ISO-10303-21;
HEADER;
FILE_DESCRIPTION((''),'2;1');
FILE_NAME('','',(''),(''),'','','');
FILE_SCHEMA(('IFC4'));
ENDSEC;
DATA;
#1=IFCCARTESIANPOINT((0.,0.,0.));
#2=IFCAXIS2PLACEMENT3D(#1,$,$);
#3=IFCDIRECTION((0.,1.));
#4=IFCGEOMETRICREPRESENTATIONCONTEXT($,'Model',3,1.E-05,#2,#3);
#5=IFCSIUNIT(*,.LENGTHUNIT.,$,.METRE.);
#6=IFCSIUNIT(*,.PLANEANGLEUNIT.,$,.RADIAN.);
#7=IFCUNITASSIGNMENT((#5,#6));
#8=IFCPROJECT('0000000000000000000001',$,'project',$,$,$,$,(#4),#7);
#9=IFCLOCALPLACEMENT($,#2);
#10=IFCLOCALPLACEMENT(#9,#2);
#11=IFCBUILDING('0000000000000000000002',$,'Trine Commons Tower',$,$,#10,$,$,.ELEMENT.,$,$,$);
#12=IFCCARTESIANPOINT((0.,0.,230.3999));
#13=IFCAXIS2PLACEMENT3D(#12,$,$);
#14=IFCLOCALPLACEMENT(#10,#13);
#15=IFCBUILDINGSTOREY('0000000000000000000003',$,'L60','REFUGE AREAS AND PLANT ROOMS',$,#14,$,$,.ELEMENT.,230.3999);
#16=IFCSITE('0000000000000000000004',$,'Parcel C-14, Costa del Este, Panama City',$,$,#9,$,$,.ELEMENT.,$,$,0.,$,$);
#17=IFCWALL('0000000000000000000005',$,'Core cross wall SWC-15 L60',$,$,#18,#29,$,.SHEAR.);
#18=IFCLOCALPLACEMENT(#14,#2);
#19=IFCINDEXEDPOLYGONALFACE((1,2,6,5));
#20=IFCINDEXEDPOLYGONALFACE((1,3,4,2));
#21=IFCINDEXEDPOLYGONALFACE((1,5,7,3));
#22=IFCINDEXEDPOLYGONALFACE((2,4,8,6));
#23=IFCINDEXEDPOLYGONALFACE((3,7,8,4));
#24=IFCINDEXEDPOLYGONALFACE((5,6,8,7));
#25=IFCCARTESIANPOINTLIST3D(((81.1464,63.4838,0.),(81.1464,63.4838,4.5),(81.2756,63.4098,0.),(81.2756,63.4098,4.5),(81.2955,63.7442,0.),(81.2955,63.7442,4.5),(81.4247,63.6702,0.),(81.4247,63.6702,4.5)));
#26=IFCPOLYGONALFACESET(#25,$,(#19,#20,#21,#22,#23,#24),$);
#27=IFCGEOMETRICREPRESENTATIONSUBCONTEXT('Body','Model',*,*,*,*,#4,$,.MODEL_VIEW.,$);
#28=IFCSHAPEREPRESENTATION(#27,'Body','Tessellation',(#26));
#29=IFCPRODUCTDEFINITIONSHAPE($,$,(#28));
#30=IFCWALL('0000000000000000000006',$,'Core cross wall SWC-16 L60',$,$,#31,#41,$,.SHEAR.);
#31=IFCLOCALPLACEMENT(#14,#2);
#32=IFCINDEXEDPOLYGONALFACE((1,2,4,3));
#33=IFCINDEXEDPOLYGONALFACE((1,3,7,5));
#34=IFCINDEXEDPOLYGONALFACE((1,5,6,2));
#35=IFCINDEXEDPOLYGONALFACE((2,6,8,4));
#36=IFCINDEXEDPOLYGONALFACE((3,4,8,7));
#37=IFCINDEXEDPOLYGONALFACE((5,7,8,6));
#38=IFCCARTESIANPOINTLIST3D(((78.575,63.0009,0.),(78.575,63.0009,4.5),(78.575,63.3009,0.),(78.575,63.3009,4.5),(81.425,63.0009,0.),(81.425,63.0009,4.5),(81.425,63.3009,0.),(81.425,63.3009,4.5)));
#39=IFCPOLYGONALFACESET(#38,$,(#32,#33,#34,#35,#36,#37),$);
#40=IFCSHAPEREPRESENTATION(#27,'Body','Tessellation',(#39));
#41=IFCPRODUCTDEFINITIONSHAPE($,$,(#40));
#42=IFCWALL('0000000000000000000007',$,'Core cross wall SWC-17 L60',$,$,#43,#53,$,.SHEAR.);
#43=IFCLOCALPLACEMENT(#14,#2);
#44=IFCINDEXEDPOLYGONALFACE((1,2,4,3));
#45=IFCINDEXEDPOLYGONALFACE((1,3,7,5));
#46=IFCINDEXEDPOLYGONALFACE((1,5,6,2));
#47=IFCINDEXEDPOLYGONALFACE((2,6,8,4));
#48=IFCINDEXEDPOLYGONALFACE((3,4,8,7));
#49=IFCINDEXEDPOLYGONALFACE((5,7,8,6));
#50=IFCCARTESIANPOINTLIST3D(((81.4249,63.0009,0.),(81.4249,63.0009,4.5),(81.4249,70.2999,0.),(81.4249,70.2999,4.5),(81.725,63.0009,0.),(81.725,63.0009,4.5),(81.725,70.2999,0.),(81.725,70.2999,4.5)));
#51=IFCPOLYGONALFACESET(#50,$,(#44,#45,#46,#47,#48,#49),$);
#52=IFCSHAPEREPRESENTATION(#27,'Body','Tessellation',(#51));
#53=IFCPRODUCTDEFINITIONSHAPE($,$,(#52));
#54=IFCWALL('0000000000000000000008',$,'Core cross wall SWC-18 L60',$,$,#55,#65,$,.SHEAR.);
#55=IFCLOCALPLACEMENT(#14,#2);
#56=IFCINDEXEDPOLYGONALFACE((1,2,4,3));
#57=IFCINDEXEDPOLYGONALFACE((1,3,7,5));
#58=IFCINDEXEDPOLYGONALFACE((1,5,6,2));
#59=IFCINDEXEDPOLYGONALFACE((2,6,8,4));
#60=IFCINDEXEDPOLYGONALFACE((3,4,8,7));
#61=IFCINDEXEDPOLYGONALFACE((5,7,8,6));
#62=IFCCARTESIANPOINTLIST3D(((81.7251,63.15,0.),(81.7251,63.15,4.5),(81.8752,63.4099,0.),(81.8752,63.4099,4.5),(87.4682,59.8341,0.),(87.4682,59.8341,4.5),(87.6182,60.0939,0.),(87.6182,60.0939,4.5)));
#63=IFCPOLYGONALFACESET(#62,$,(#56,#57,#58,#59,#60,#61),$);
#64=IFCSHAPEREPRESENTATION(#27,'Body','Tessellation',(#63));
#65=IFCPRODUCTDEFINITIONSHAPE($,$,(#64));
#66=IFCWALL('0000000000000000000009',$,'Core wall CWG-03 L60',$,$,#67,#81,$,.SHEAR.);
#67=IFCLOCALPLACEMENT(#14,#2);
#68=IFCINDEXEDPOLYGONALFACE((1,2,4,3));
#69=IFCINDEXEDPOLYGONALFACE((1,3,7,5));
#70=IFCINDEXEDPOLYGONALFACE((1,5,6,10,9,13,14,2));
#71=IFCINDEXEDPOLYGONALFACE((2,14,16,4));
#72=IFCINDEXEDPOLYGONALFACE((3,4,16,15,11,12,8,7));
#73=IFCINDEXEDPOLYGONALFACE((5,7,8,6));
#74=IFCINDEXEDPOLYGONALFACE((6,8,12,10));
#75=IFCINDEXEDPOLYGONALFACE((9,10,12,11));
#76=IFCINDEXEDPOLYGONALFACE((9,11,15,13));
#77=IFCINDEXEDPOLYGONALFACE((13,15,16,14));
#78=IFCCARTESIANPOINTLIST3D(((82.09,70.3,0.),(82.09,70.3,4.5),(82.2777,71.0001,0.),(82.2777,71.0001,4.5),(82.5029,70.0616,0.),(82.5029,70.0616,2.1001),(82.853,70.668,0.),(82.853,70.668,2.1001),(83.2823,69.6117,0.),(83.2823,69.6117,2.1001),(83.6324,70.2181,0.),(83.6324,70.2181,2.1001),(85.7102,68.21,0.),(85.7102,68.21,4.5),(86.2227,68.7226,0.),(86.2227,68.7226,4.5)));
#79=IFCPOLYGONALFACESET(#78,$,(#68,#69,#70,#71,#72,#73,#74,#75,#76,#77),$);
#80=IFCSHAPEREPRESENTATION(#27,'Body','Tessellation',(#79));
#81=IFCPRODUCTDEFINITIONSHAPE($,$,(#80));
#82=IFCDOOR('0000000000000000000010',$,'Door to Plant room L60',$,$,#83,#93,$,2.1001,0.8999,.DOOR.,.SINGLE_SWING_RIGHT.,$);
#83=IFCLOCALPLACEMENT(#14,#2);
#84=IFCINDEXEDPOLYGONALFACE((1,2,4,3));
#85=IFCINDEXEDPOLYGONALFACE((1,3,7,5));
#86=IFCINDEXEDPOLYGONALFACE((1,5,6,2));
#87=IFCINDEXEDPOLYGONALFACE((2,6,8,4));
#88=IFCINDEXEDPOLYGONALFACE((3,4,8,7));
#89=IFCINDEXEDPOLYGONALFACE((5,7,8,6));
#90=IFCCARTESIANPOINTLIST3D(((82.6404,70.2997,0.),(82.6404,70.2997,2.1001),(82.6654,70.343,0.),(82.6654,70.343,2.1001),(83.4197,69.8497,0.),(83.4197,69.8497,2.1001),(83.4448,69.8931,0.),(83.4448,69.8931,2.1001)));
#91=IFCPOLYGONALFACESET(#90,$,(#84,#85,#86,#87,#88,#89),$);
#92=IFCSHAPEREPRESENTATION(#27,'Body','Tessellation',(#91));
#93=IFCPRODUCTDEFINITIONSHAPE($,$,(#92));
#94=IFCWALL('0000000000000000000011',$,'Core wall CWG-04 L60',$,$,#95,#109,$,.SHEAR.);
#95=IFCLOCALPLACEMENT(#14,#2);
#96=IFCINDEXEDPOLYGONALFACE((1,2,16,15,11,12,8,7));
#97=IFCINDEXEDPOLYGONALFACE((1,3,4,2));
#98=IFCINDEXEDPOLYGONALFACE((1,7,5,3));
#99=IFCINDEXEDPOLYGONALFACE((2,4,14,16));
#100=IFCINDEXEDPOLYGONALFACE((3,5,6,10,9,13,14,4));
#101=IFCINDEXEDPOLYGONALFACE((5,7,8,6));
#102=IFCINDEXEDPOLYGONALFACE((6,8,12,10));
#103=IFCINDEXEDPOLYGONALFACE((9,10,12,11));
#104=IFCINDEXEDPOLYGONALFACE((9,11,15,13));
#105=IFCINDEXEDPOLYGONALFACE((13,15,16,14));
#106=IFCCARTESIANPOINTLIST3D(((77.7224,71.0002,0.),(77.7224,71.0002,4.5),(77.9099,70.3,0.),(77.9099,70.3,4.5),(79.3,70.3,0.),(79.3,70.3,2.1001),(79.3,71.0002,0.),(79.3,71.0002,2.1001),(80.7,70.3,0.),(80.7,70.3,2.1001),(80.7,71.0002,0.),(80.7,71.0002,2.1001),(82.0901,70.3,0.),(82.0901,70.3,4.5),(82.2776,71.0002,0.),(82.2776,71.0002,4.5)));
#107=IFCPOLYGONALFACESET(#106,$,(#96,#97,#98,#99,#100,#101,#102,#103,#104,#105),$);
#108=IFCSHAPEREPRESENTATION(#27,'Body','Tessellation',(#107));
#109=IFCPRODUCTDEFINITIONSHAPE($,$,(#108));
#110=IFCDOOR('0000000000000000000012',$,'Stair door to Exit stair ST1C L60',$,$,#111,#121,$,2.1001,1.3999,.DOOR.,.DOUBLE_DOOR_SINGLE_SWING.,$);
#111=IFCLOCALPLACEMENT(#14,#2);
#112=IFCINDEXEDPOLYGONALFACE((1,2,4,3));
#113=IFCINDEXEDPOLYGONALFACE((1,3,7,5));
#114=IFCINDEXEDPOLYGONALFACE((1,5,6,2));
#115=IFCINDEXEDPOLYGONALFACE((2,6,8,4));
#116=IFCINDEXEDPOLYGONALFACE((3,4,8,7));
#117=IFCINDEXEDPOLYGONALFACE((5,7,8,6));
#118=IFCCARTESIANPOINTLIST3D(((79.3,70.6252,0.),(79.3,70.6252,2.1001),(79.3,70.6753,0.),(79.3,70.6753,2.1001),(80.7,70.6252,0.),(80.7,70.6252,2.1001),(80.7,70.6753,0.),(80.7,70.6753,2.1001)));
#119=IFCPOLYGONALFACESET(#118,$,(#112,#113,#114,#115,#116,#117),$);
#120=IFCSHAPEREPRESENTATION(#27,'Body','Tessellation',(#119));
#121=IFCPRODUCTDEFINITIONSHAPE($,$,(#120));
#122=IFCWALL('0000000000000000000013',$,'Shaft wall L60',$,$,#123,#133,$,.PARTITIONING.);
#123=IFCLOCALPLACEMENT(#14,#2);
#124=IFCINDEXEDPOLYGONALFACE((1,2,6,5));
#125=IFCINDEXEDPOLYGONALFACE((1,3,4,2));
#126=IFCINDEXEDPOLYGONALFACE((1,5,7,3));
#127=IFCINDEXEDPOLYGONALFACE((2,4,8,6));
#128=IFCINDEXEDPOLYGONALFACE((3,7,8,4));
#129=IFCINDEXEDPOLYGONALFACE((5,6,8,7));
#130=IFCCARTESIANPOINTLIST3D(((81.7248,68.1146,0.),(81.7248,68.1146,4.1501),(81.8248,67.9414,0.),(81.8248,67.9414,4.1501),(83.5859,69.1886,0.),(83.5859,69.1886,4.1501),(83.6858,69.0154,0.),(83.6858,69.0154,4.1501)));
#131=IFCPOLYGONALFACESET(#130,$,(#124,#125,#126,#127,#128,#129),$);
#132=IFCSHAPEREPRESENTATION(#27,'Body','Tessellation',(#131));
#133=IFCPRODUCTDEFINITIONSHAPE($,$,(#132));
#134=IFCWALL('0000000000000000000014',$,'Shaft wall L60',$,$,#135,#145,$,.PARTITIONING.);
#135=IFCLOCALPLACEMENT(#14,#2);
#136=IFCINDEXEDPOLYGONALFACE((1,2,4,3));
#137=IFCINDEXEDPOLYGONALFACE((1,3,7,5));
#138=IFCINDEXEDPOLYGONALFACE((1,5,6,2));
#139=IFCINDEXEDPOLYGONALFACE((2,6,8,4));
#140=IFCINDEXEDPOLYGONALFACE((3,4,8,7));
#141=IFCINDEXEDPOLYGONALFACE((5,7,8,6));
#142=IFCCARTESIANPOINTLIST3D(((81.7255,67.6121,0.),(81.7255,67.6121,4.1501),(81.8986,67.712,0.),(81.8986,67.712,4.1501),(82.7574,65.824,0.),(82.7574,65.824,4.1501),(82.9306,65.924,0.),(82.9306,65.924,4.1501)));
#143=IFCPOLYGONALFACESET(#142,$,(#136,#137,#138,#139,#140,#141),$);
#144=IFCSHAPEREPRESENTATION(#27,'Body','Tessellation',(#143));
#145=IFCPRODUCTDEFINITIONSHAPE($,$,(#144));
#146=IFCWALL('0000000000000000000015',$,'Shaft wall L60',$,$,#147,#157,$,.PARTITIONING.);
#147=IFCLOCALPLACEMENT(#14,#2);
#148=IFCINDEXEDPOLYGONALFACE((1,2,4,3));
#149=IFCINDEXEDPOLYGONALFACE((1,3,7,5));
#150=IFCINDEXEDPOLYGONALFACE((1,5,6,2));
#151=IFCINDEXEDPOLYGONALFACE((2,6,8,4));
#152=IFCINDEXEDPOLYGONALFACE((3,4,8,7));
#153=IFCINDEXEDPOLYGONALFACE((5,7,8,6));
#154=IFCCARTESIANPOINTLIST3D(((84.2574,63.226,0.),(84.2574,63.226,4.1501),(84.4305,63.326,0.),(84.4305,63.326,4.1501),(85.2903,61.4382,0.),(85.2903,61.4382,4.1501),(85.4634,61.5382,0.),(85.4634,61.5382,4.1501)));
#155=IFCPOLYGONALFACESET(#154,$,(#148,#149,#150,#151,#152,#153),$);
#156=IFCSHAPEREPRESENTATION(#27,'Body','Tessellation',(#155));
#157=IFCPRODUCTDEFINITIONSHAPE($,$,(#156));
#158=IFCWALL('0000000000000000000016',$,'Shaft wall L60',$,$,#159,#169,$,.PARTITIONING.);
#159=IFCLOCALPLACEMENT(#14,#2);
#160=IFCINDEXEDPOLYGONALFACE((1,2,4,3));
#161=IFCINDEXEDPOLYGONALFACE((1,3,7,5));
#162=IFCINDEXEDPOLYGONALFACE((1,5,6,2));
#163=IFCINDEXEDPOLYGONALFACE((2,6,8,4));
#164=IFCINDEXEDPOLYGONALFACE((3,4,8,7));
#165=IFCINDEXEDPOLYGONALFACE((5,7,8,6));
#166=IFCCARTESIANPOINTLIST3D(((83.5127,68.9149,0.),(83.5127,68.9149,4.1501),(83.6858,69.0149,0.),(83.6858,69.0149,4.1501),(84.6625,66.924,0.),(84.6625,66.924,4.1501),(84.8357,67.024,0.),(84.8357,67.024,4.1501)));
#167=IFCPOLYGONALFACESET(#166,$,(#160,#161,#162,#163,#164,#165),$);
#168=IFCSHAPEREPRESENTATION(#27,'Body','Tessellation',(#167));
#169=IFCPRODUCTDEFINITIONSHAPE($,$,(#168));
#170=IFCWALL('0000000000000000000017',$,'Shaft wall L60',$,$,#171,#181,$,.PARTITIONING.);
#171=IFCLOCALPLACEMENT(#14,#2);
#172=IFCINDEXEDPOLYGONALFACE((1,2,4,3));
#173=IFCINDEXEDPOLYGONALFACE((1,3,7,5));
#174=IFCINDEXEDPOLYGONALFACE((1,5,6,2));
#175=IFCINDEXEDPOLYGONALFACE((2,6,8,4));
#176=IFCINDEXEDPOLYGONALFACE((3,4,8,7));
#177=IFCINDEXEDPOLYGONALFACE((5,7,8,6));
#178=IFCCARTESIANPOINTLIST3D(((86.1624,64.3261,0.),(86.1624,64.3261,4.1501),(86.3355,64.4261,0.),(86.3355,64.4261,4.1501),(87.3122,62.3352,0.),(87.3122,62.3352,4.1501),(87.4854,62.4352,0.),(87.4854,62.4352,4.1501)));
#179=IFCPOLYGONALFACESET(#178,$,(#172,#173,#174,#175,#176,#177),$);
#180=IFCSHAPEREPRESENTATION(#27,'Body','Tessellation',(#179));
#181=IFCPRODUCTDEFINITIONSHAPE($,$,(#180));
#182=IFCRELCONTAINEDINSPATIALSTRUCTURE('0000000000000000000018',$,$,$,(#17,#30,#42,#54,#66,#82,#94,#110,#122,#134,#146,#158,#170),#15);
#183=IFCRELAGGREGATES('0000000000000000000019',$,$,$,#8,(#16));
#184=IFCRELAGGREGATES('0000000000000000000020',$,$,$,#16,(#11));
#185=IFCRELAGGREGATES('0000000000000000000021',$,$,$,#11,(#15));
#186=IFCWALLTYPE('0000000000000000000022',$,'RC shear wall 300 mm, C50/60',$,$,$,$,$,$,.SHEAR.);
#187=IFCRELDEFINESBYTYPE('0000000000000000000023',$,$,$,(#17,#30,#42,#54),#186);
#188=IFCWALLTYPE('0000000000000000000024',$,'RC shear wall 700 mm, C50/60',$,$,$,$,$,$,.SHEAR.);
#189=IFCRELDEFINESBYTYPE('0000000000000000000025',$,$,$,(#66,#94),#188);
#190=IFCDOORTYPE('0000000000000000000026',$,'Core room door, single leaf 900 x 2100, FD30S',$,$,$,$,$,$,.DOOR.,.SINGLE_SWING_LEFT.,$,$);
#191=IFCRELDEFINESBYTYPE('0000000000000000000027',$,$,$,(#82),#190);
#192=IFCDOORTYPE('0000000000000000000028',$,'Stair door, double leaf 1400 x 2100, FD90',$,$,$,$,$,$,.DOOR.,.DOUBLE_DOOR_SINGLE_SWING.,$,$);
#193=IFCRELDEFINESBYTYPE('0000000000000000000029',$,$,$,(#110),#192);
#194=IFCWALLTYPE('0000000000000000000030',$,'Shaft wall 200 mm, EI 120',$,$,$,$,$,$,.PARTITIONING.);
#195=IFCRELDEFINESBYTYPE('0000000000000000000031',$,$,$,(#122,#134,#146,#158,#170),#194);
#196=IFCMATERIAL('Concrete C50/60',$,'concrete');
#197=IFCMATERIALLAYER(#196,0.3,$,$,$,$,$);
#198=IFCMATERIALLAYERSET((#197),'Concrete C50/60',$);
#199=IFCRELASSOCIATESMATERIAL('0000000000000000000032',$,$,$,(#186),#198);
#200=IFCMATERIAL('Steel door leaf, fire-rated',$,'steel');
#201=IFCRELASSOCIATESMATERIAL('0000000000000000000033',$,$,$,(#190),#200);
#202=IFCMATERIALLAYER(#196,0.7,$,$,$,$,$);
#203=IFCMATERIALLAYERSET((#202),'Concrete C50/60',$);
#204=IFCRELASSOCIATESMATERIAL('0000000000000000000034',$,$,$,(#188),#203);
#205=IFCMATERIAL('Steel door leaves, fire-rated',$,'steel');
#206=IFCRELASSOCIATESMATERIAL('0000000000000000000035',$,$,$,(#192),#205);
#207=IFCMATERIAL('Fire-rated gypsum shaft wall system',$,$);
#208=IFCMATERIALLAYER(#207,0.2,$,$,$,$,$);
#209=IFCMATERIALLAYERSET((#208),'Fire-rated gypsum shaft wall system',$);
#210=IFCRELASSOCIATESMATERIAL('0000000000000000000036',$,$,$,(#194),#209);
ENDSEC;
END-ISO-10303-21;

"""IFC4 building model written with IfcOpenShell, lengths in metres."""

from ifc_helpers import new_model, si_unit, direction, frame, frame_2d, origin, place, context, subcontext, project, spatial, polyline, rectangle, outline, extrude, material, layer, layer_set, type_object, element, fill, save


model = new_model("IFC4")

# Units and contexts
model_context = context("Model", 3, precision=1e-05, world=origin(), true_north=direction((0.0, 1.0)))
body_context = subcontext(model_context, "Body", "Model", "MODEL_VIEW")
ifc_project = project(units=[si_unit("LENGTHUNIT", "METRE"), si_unit("PLANEANGLEUNIT", "RADIAN")], contexts=[model_context])

# Site, building, storey
site_placement = place(None, origin())
site = spatial("IfcSite", under=ifc_project, at=site_placement, Name="Parcel C-14, Costa del Este, Panama City", CompositionType="ELEMENT", RefElevation=0.0)
building_placement = place(site_placement, origin())
building = spatial("IfcBuilding", under=site, at=building_placement, Name="Trine Commons Tower", CompositionType="ELEMENT")
storey_placement = place(building_placement, frame((0.0, 0.0, 230.3999)))
storey = spatial("IfcBuildingStorey", under=building, at=storey_placement, Name="L60", Description="REFUGE AREAS AND PLANT ROOMS", CompositionType="ELEMENT", Elevation=230.3999)

# Shared definitions
ifc_material_1 = material(Name="Fire-rated gypsum shaft wall system")
ifc_material_2 = material(Name="Steel door leaf, fire-rated", Category="steel")

# Shared definitions
ifc_material_3 = material(Name="Concrete C50/60", Category="concrete")
ifc_layer_1 = layer(ifc_material_3, 0.3)
ifc_layer_set_1 = layer_set([ifc_layer_1], Name="Concrete C50/60")
wall_type_1 = type_object("IfcWallType", Name="RC shear wall 300 mm, C50/60", PredefinedType="SHEAR", material=ifc_layer_set_1)
door_type_1 = type_object("IfcDoorType", Name="Core room door, single leaf 900 x 2100, FD30S", OperationType="SINGLE_SWING_LEFT", PredefinedType="DOOR", material=ifc_material_2)

# Walls
wall_1_placement = place(storey_placement, frame((81.2209, 63.614, 0.0), z_axis=(0.0, 0.0, 1.0), x_axis=(0.867738, -0.497022, 0.0)))
element("IfcWall", 1, at=wall_1_placement, inside=storey, type_object=wall_type_1, Name="Core cross wall SWC-15 L60", PredefinedType="SHEAR", context=body_context, shape_type="SweptSolid", body=[
    extrude(rectangle(XDim=0.1489, YDim=0.3, at=frame_2d((0.0745, 0.0))), origin(), (0.0, 0.0, 1.0), 4.5),
])
wall_2_placement = place(storey_placement, frame((81.425, 63.1509, 0.0), z_axis=(0.0, 0.0, 1.0), x_axis=(-1.0, 0.0, 0.0)))
element("IfcWall", 2, at=wall_2_placement, inside=storey, type_object=wall_type_1, Name="Core cross wall SWC-16 L60", PredefinedType="SHEAR", context=body_context, shape_type="SweptSolid", body=[
    extrude(rectangle(XDim=2.8501, YDim=0.3, at=frame_2d((1.425, 0.0))), origin(), (0.0, 0.0, 1.0), 4.5),
])
wall_3_placement = place(storey_placement, frame((81.575, 63.001, 0.0), z_axis=(0.0, 0.0, 1.0), x_axis=(0.0, 1.0, 0.0)))
element("IfcWall", 3, at=wall_3_placement, inside=storey, type_object=wall_type_1, Name="Core cross wall SWC-17 L60", PredefinedType="SHEAR", context=body_context, shape_type="SweptSolid", body=[
    extrude(rectangle(XDim=7.2991, YDim=0.3, at=frame_2d((3.6494, 0.0))), origin(), (0.0, 0.0, 1.0), 4.5),
])
wall_4_placement = place(storey_placement, frame((81.8, 63.28, 0.0), z_axis=(0.0, 0.0, 1.0), x_axis=(0.86601, -0.500027, 0.0)))
element("IfcWall", 4, at=wall_4_placement, inside=storey, type_object=wall_type_1, Name="Core cross wall SWC-18 L60", PredefinedType="SHEAR", context=body_context, shape_type="SweptSolid", body=[
    extrude(rectangle(XDim=6.6316, YDim=0.3, at=frame_2d((3.3159, 0.0))), origin(), (0.0, 0.0, 1.0), 4.5),
])

# Walls, openings, doors
ifc_layer_2 = layer(ifc_material_3, 0.7)
ifc_layer_set_2 = layer_set([ifc_layer_2], Name="Concrete C50/60")
wall_type_2 = type_object("IfcWallType", Name="RC shear wall 700 mm, C50/60", PredefinedType="SHEAR", material=ifc_layer_set_2)
wall_5_placement = place(storey_placement, frame((86.0476, 68.4194, 0.0), z_axis=(0.0, 0.0, 1.0), x_axis=(-0.866035, 0.499984, 0.0)))
wall_5 = element("IfcWall", 5, at=wall_5_placement, inside=storey, type_object=wall_type_2, Name="Core wall CWG-03 L60", PredefinedType="SHEAR", context=body_context, shape_type="SweptSolid", body=[
    extrude(outline(polyline([(0.0, -0.3501), (4.5552, -0.3501), (4.3677, 0.3501), (0.1875, 0.3501), (0.0, -0.3501)])), origin(), (0.0, 0.0, 1.0), 4.5),
])
opening_1_placement = place(wall_5_placement, frame((2.991, 0.0, 0.0)))
opening_1 = element("IfcOpeningElement", 6, at=opening_1_placement, cuts=wall_5, PredefinedType="OPENING", context=body_context, shape_type="SweptSolid", body=[
    extrude(rectangle(XDim=0.8999, YDim=2.1001, at=frame_2d((0.45, 1.05))), frame((0.0, 0.3599, 0.0), z_axis=(0.0, -1.0, 0.0), x_axis=(1.0, 0.0, 0.0)), (0.0, 0.0, 1.0), 0.72),
])
door_1_placement = place(opening_1_placement, origin())
door_1 = element("IfcDoor", 7, at=door_1_placement, inside=storey, type_object=door_type_1, Name="Door to Plant room L60", OperationType="SINGLE_SWING_RIGHT", OverallHeight=2.1001, OverallWidth=0.8999, PredefinedType="DOOR", context=body_context, shape_type="SweptSolid", body=[
    extrude(rectangle(XDim=0.8999, YDim=2.1001, at=frame_2d((0.45, 1.05))), frame((0.0, 0.0752, 0.0), z_axis=(0.0, -1.0, 0.0), x_axis=(1.0, 0.0, 0.0)), (0.0, 0.0, 1.0), 0.05),
])
fill(opening_1, door_1)
wall_6_placement = place(storey_placement, frame((82.2776, 70.6501, 0.0), z_axis=(0.0, 0.0, 1.0), x_axis=(-1.0, 0.0, 0.0)))
wall_6 = element("IfcWall", 8, at=wall_6_placement, inside=storey, type_object=wall_type_2, Name="Core wall CWG-04 L60", PredefinedType="SHEAR", context=body_context, shape_type="SweptSolid", body=[
    extrude(outline(polyline([(0.0, -0.3501), (4.5552, -0.3501), (4.3677, 0.3501), (0.1875, 0.3501), (0.0, -0.3501)])), origin(), (0.0, 0.0, 1.0), 4.5),
])
opening_2_placement = place(wall_6_placement, frame((1.5776, 0.0, 0.0)))
opening_2 = element("IfcOpeningElement", 9, at=opening_2_placement, cuts=wall_6, PredefinedType="OPENING", context=body_context, shape_type="SweptSolid", body=[
    extrude(rectangle(XDim=1.3999, YDim=2.1001, at=frame_2d((0.7, 1.05))), frame((0.0, 0.3599, 0.0), z_axis=(0.0, -1.0, 0.0), x_axis=(1.0, 0.0, 0.0)), (0.0, 0.0, 1.0), 0.72),
])
ifc_material_4 = material(Name="Steel door leaves, fire-rated", Category="steel")
door_type_2 = type_object("IfcDoorType", Name="Stair door, double leaf 1400 x 2100, FD90", OperationType="DOUBLE_DOOR_SINGLE_SWING", PredefinedType="DOOR", material=ifc_material_4)
door_2_placement = place(opening_2_placement, origin())
door_2 = element("IfcDoor", 10, at=door_2_placement, inside=storey, type_object=door_type_2, Name="Stair door to Exit stair ST1C L60", OperationType="DOUBLE_DOOR_SINGLE_SWING", OverallHeight=2.1001, OverallWidth=1.3999, PredefinedType="DOOR", context=body_context, shape_type="SweptSolid", body=[
    extrude(rectangle(XDim=1.3999, YDim=2.1001, at=frame_2d((0.7, 1.05))), frame((0.0, 0.0249, 0.0), z_axis=(0.0, -1.0, 0.0), x_axis=(1.0, 0.0, 0.0)), (0.0, 0.0, 1.0), 0.05),
])
fill(opening_2, door_2)

# Walls
ifc_layer_3 = layer(ifc_material_1, 0.2)
ifc_layer_set_3 = layer_set([ifc_layer_3], Name="Fire-rated gypsum shaft wall system")
wall_type_3 = type_object("IfcWallType", Name="Shaft wall 200 mm, EI 120", PredefinedType="PARTITIONING", material=ifc_layer_set_3)
wall_7_placement = place(storey_placement, frame((81.7749, 68.0281, 0.0), z_axis=(0.0, 0.0, 1.0), x_axis=(0.866131, 0.499818, 0.0)))
element("IfcWall", 11, at=wall_7_placement, inside=storey, type_object=wall_type_3, Name="Shaft wall L60", PredefinedType="PARTITIONING", context=body_context, shape_type="SweptSolid", body=[
    extrude(rectangle(XDim=2.1487, YDim=0.2, at=frame_2d((1.0742, 0.0))), origin(), (0.0, 0.0, 1.0), 4.1501),
])
wall_8_placement = place(storey_placement, frame((82.844, 65.874, 0.0), z_axis=(0.0, 0.0, 1.0), x_axis=(-0.499866, 0.866103, 0.0)))
element("IfcWall", 12, at=wall_8_placement, inside=storey, type_object=wall_type_3, Name="Shaft wall L60", PredefinedType="PARTITIONING", context=body_context, shape_type="SweptSolid", body=[
    extrude(rectangle(XDim=2.0645, YDim=0.2, at=frame_2d((1.0322, 0.0))), origin(), (0.0, 0.0, 1.0), 4.1501),
])
wall_9_placement = place(storey_placement, frame((84.344, 63.2759, 0.0), z_axis=(0.0, 0.0, 1.0), x_axis=(0.500272, -0.865868, 0.0)))
element("IfcWall", 13, at=wall_9_placement, inside=storey, type_object=wall_type_3, Name="Shaft wall L60", PredefinedType="PARTITIONING", context=body_context, shape_type="SweptSolid", body=[
    extrude(rectangle(XDim=2.0647, YDim=0.2, at=frame_2d((1.0322, 0.0))), origin(), (0.0, 0.0, 1.0), 4.1501),
])
for number, where, z_axis, x_axis, name in (
    (14, (84.749, 66.9741, 0.0), (0.0, 0.0, 1.0), (-0.500136, 0.865947, 0.0), "Shaft wall L60"),
    (15, (86.249, 64.376, 0.0), (0.0, 0.0, 1.0), (0.500136, -0.865947, 0.0), "Shaft wall L60"),
):
    element("IfcWall", number, at=place(storey_placement, frame(where, z_axis=z_axis, x_axis=x_axis)), inside=storey, type_object=wall_type_3, Name=name, PredefinedType="PARTITIONING", context=body_context, shape_type="SweptSolid", body=[
        extrude(rectangle(XDim=2.2991, YDim=0.2, at=frame_2d((1.1494, 0.0))), origin(), (0.0, 0.0, 1.0), 4.1501),
    ])

save(model, "model.ifc")
